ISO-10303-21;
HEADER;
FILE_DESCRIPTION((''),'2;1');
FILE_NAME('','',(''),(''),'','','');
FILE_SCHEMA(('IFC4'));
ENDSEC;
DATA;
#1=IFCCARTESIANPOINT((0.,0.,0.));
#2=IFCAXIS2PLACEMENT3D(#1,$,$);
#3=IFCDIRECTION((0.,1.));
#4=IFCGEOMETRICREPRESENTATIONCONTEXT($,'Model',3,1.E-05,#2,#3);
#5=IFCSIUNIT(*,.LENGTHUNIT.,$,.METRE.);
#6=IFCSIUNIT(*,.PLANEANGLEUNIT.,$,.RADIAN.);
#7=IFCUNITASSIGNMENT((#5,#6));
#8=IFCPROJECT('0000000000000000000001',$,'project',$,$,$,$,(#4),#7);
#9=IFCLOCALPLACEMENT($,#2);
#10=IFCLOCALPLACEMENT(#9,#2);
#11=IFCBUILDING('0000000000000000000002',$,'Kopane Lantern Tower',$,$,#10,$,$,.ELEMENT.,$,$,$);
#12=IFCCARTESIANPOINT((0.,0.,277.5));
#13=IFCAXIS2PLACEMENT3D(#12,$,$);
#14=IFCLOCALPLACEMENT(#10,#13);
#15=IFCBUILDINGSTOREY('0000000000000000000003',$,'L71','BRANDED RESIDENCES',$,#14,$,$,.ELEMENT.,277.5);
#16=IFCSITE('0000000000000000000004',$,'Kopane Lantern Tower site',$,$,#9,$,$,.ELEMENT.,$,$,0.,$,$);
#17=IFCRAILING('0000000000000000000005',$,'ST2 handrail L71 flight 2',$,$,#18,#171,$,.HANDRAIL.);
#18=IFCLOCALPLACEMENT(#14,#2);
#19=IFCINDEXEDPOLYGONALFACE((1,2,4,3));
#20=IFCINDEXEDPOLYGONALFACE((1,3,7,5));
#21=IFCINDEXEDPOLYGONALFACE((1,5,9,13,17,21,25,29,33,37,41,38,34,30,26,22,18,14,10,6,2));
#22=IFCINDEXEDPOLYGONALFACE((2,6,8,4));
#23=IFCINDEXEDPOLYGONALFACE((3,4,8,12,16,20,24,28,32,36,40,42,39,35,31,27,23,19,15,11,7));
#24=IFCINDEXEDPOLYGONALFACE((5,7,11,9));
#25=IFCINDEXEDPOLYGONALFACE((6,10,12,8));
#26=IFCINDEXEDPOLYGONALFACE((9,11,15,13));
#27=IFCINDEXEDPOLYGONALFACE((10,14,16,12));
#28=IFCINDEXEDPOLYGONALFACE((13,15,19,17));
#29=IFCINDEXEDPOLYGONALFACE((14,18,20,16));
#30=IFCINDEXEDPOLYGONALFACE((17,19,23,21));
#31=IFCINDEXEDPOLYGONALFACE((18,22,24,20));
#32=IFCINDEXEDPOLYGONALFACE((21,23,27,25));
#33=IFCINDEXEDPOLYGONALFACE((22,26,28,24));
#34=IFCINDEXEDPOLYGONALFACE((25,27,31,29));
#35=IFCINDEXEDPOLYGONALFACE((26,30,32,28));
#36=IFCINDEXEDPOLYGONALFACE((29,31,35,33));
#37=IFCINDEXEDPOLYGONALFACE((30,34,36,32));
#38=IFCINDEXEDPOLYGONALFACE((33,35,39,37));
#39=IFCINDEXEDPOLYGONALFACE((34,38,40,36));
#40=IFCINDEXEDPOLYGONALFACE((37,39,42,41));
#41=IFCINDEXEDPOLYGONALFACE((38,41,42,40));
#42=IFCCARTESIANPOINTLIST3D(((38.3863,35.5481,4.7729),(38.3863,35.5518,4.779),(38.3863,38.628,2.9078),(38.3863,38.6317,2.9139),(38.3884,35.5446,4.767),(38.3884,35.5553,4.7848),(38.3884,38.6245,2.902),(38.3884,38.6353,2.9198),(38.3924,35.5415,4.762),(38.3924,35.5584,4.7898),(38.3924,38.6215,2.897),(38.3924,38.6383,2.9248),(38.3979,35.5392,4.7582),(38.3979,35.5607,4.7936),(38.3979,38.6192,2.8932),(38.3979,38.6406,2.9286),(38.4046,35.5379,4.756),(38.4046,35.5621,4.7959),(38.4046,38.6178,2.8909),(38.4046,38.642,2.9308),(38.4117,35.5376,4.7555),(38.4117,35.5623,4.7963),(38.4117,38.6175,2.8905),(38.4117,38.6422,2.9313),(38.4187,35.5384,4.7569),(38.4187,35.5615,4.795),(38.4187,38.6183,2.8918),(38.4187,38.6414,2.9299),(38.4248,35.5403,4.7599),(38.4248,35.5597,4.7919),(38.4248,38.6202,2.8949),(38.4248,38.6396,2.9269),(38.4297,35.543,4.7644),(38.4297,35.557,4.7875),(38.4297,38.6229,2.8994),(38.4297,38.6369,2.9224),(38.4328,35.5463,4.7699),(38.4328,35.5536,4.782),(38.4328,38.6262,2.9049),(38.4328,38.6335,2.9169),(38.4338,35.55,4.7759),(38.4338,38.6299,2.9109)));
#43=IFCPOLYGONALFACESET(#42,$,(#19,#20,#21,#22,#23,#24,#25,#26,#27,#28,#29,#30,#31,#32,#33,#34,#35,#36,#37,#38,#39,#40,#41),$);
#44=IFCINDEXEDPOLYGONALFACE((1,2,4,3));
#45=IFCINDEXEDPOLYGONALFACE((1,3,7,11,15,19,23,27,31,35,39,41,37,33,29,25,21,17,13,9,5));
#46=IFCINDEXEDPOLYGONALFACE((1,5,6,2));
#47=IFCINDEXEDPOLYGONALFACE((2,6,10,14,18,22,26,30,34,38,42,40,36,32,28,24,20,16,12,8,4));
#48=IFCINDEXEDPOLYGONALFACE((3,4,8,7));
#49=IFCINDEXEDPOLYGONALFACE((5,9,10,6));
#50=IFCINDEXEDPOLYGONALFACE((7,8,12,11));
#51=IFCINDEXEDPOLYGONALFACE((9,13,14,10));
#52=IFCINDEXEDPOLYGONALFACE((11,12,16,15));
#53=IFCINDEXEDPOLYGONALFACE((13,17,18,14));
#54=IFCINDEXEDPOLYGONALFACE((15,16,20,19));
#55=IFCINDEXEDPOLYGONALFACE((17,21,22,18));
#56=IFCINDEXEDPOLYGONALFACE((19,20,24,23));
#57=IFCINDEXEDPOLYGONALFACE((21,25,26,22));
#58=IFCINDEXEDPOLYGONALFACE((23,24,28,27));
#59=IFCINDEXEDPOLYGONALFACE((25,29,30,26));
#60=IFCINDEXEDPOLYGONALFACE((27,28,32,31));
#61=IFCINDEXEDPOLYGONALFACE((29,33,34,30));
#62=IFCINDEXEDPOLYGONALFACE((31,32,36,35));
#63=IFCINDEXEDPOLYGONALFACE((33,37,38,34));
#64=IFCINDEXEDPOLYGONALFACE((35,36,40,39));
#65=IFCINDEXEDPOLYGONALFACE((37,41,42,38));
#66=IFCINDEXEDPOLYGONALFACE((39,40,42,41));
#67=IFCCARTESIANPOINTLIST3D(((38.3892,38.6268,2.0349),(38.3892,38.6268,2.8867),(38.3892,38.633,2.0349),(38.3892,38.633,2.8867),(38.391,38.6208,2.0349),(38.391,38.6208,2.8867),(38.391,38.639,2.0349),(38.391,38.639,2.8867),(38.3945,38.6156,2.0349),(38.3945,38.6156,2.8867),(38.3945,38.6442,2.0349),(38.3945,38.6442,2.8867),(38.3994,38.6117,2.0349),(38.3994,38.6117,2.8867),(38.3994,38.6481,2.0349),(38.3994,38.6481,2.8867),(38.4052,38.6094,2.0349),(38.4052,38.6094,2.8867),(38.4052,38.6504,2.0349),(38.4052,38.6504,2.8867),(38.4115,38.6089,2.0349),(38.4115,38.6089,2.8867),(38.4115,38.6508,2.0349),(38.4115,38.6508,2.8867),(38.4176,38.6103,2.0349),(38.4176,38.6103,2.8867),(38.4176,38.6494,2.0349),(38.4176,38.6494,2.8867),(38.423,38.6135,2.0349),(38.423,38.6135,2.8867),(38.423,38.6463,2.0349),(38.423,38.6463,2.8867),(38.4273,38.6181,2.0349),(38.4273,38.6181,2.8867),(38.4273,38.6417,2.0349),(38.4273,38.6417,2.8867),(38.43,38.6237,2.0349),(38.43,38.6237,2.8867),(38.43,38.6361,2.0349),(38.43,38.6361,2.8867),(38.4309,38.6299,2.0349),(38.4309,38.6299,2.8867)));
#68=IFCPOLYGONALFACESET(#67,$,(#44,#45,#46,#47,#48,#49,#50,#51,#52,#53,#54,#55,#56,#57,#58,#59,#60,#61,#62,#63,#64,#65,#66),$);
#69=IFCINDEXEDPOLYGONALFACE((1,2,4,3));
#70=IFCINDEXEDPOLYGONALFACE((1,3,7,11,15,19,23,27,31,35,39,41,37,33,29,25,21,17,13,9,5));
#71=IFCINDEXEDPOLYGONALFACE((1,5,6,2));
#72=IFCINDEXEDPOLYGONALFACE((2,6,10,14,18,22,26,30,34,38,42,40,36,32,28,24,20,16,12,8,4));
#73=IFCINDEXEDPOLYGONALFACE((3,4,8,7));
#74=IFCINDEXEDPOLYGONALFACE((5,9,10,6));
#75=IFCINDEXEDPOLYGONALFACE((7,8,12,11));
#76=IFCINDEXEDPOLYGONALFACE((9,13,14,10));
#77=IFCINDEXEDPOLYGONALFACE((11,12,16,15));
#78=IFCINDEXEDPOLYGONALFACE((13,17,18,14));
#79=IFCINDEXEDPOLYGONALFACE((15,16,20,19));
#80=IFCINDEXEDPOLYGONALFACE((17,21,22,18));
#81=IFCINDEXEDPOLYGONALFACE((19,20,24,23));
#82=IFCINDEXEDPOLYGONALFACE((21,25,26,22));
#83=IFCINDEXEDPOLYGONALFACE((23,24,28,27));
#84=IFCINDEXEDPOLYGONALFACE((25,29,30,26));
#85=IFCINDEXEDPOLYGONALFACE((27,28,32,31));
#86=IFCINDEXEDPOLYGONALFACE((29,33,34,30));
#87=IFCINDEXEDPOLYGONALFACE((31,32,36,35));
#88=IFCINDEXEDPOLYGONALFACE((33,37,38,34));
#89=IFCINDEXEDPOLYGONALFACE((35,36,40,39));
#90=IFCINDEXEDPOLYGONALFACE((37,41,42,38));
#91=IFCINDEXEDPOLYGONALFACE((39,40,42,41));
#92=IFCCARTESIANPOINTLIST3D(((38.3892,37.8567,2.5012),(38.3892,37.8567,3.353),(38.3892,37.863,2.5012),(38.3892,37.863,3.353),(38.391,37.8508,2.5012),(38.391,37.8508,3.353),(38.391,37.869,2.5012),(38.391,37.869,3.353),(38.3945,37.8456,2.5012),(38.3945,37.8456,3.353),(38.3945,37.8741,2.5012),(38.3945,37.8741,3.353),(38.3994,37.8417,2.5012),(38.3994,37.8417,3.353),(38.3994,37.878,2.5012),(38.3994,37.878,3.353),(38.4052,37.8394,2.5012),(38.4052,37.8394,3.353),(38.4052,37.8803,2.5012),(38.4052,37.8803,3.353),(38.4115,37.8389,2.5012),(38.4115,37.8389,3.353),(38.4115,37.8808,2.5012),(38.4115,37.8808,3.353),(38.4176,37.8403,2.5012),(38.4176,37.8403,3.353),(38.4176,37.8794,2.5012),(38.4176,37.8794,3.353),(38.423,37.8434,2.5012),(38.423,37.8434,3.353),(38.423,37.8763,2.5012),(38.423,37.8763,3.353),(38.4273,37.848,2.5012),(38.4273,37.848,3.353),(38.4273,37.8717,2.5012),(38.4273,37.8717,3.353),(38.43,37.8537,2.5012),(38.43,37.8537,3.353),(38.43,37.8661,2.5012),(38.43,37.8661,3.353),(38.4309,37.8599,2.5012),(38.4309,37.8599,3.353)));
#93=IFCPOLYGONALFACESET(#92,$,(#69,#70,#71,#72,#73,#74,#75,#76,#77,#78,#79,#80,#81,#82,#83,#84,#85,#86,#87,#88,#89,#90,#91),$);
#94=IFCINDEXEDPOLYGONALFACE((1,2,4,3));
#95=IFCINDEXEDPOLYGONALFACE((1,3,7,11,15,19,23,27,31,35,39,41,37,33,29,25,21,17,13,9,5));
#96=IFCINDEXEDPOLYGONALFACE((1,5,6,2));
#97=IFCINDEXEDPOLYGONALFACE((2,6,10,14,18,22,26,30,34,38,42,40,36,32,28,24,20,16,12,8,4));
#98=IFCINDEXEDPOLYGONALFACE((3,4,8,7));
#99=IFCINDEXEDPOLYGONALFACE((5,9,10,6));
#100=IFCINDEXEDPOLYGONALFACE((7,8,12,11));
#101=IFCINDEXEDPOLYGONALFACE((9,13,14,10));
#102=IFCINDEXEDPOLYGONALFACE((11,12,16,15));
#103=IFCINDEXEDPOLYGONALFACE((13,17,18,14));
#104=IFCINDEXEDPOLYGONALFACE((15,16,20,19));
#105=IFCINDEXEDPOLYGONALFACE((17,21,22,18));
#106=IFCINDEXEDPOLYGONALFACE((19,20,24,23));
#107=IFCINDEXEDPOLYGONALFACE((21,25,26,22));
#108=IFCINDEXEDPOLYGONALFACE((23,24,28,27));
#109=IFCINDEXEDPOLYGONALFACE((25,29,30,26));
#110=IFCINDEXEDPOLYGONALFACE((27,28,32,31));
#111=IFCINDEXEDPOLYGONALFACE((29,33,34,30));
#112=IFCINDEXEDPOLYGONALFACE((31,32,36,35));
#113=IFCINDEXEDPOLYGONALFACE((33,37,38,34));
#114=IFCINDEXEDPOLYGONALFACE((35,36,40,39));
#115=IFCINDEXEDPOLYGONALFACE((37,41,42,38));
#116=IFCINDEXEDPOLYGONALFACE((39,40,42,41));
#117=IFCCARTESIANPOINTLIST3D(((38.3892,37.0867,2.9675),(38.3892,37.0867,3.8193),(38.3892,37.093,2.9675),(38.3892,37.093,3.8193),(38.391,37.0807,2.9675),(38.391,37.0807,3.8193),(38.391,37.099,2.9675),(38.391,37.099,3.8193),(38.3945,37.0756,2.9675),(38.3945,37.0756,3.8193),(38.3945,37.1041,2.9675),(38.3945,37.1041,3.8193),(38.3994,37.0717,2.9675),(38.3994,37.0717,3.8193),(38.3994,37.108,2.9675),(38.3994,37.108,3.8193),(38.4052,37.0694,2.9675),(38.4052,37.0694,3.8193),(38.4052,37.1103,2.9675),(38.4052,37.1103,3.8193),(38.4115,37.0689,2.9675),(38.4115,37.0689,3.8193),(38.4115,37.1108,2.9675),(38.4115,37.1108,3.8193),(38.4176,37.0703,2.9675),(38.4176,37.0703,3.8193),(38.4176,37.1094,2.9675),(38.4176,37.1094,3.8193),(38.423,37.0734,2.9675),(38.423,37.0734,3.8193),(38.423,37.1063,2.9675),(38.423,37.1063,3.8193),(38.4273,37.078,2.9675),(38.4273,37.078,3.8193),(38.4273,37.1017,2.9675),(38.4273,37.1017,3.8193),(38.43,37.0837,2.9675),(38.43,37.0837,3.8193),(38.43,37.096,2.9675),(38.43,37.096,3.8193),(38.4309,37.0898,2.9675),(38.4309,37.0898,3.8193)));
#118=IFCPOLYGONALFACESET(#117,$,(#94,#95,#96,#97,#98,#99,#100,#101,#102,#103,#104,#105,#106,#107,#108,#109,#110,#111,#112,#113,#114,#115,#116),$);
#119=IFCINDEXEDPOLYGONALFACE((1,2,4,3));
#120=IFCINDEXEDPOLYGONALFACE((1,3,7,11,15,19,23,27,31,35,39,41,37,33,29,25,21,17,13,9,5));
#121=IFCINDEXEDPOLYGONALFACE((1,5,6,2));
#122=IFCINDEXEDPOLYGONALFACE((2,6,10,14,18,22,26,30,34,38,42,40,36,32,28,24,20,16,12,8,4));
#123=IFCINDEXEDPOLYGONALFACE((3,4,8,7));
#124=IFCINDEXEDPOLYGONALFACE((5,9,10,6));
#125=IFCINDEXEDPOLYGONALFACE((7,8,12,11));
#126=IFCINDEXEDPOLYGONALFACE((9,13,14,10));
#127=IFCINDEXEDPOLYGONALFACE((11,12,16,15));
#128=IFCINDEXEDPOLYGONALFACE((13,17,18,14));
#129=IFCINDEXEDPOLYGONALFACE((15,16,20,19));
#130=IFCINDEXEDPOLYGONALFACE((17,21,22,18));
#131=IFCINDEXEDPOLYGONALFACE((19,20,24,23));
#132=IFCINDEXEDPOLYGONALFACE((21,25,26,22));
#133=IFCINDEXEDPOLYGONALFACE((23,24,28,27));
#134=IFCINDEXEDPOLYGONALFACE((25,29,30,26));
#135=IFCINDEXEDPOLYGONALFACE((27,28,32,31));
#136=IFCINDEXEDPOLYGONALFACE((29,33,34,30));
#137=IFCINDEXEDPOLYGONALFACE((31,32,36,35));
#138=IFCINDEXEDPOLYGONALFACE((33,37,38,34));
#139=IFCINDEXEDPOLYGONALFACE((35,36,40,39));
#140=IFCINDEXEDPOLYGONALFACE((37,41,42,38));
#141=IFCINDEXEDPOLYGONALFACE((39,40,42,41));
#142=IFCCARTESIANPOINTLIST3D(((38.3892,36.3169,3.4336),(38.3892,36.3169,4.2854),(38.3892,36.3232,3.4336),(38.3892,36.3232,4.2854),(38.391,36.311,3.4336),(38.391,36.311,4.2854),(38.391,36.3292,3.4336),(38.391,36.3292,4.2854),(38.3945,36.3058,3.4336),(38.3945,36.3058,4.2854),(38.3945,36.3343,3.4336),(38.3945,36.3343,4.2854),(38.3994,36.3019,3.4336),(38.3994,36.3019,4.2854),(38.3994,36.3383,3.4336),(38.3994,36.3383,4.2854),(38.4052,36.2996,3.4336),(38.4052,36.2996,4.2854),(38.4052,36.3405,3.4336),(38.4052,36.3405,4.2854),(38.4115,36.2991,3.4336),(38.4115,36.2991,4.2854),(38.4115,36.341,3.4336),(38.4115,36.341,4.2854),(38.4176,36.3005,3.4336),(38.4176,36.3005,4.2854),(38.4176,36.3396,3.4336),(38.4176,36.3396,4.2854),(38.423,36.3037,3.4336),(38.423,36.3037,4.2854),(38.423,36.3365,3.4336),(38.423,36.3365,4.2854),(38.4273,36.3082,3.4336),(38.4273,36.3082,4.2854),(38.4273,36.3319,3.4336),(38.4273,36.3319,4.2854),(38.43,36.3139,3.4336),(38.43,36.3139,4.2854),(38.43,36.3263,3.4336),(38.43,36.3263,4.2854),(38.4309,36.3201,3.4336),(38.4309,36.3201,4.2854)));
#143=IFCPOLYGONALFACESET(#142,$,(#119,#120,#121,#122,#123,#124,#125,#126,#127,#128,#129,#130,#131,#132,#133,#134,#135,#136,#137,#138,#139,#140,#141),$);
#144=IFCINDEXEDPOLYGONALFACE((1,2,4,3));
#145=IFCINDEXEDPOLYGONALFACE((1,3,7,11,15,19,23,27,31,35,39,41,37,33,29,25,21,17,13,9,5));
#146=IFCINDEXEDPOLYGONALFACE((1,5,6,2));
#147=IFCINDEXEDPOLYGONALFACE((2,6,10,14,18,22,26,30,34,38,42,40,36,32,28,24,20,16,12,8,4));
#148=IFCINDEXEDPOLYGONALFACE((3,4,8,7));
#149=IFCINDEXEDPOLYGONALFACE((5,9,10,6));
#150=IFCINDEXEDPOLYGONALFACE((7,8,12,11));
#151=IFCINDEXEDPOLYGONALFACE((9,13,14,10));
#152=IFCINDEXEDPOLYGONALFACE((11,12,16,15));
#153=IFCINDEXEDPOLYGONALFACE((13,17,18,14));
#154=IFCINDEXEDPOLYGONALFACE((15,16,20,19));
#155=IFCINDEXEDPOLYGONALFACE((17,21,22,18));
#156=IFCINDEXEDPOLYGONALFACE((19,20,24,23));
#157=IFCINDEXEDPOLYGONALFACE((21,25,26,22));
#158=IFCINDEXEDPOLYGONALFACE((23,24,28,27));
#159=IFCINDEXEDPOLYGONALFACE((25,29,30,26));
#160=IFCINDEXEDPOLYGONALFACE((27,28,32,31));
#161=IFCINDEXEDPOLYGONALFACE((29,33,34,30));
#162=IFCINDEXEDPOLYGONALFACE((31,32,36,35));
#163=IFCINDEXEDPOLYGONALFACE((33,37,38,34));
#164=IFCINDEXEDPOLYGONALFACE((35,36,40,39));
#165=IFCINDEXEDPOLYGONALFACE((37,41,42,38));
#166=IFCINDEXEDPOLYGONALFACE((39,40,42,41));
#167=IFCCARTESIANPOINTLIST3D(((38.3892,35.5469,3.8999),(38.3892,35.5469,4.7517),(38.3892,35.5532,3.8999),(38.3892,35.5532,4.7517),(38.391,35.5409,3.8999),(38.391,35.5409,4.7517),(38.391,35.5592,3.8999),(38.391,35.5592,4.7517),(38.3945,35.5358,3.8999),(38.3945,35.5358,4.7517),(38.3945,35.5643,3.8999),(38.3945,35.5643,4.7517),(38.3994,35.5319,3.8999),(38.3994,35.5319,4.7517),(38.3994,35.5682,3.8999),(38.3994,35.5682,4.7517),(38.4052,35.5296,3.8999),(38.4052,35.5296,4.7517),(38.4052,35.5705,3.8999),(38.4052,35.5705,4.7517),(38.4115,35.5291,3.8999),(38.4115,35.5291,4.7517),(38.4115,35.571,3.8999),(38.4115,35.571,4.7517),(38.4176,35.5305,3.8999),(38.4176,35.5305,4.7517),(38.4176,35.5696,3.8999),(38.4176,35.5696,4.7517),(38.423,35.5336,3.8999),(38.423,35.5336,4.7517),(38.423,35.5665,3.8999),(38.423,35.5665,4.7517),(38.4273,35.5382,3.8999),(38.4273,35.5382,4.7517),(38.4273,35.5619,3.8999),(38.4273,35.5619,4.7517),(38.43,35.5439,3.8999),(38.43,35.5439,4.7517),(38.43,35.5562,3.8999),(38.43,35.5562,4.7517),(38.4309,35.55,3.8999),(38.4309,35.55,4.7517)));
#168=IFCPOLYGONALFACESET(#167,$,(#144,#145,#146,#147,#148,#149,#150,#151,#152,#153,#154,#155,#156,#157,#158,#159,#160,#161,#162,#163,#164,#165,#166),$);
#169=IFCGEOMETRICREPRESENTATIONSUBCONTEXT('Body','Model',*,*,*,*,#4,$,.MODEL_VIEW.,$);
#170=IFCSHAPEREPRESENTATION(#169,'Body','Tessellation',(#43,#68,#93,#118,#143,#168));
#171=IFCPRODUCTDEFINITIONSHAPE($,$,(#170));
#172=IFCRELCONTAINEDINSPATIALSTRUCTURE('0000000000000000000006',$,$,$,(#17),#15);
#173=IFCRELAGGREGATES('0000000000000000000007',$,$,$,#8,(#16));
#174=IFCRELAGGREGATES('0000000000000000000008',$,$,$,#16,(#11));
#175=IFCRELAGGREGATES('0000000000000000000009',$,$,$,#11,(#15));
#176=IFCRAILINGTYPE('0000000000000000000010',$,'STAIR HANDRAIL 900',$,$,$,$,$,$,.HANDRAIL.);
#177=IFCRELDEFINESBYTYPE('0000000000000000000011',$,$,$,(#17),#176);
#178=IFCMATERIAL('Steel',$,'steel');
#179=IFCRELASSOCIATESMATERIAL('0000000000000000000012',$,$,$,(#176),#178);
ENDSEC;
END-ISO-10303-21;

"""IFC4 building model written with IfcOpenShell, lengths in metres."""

from ifc_helpers import new_model, si_unit, direction, frame, origin, origin_2d, place, context, subcontext, project, spatial, circle, extrude, material, type_object, element, save


model = new_model("IFC4")

# Units and contexts
model_context = context("Model", 3, precision=1e-05, world=origin(), true_north=direction((0.0, 1.0)))
body_context = subcontext(model_context, "Body", "Model", "MODEL_VIEW")
ifc_project = project(units=[si_unit("LENGTHUNIT", "METRE"), si_unit("PLANEANGLEUNIT", "RADIAN")], contexts=[model_context])

# Site, building, storey
site_placement = place(None, origin())
site = spatial("IfcSite", under=ifc_project, at=site_placement, Name="Kopane Lantern Tower site", CompositionType="ELEMENT", RefElevation=0.0)
building_placement = place(site_placement, origin())
building = spatial("IfcBuilding", under=site, at=building_placement, Name="Kopane Lantern Tower", CompositionType="ELEMENT")
storey_placement = place(building_placement, frame((0.0, 0.0, 277.5)))
storey = spatial("IfcBuildingStorey", under=building, at=storey_placement, Name="L71", Description="BRANDED RESIDENCES", CompositionType="ELEMENT", Elevation=277.5)

# Railing
ifc_material_1 = material(Name="Steel", Category="steel")
railing_type = type_object("IfcRailingType", Name="STAIR HANDRAIL 900", PredefinedType="HANDRAIL", material=ifc_material_1)
for number, where, name in (
    (1, (38.4099, 38.6299, 2.0349), "ST2 handrail L71 flight 2"),
):
    element("IfcRailing", number, at=place(storey_placement, frame(where)), inside=storey, type_object=railing_type, Name=name, PredefinedType="HANDRAIL", context=body_context, shape_type="SweptSolid", body=[
        extrude(circle(Radius=0.0239, at=origin_2d()), frame((0.0, 0.0, 0.876), z_axis=(0.0, -0.855392, 0.517982), x_axis=(1.0, 0.0, 0.0)), (0.0, 0.0, 1.0), 3.6006),
        extrude(circle(Radius=0.021, at=origin_2d()), origin(), (0.0, 0.0, 1.0), 0.8518),
        extrude(circle(Radius=0.021, at=origin_2d()), frame((0.0, -0.77, 0.4663)), (0.0, 0.0, 1.0), 0.8518),
        extrude(circle(Radius=0.021, at=origin_2d()), frame((0.0, -1.54, 0.9326)), (0.0, 0.0, 1.0), 0.8518),
        extrude(circle(Radius=0.021, at=origin_2d()), frame((0.0, -2.3098, 1.3987)), (0.0, 0.0, 1.0), 0.8518),
        extrude(circle(Radius=0.021, at=origin_2d()), frame((0.0, -3.0798, 1.865)), (0.0, 0.0, 1.0), 0.8518),
    ])

save(model, "model.ifc")
